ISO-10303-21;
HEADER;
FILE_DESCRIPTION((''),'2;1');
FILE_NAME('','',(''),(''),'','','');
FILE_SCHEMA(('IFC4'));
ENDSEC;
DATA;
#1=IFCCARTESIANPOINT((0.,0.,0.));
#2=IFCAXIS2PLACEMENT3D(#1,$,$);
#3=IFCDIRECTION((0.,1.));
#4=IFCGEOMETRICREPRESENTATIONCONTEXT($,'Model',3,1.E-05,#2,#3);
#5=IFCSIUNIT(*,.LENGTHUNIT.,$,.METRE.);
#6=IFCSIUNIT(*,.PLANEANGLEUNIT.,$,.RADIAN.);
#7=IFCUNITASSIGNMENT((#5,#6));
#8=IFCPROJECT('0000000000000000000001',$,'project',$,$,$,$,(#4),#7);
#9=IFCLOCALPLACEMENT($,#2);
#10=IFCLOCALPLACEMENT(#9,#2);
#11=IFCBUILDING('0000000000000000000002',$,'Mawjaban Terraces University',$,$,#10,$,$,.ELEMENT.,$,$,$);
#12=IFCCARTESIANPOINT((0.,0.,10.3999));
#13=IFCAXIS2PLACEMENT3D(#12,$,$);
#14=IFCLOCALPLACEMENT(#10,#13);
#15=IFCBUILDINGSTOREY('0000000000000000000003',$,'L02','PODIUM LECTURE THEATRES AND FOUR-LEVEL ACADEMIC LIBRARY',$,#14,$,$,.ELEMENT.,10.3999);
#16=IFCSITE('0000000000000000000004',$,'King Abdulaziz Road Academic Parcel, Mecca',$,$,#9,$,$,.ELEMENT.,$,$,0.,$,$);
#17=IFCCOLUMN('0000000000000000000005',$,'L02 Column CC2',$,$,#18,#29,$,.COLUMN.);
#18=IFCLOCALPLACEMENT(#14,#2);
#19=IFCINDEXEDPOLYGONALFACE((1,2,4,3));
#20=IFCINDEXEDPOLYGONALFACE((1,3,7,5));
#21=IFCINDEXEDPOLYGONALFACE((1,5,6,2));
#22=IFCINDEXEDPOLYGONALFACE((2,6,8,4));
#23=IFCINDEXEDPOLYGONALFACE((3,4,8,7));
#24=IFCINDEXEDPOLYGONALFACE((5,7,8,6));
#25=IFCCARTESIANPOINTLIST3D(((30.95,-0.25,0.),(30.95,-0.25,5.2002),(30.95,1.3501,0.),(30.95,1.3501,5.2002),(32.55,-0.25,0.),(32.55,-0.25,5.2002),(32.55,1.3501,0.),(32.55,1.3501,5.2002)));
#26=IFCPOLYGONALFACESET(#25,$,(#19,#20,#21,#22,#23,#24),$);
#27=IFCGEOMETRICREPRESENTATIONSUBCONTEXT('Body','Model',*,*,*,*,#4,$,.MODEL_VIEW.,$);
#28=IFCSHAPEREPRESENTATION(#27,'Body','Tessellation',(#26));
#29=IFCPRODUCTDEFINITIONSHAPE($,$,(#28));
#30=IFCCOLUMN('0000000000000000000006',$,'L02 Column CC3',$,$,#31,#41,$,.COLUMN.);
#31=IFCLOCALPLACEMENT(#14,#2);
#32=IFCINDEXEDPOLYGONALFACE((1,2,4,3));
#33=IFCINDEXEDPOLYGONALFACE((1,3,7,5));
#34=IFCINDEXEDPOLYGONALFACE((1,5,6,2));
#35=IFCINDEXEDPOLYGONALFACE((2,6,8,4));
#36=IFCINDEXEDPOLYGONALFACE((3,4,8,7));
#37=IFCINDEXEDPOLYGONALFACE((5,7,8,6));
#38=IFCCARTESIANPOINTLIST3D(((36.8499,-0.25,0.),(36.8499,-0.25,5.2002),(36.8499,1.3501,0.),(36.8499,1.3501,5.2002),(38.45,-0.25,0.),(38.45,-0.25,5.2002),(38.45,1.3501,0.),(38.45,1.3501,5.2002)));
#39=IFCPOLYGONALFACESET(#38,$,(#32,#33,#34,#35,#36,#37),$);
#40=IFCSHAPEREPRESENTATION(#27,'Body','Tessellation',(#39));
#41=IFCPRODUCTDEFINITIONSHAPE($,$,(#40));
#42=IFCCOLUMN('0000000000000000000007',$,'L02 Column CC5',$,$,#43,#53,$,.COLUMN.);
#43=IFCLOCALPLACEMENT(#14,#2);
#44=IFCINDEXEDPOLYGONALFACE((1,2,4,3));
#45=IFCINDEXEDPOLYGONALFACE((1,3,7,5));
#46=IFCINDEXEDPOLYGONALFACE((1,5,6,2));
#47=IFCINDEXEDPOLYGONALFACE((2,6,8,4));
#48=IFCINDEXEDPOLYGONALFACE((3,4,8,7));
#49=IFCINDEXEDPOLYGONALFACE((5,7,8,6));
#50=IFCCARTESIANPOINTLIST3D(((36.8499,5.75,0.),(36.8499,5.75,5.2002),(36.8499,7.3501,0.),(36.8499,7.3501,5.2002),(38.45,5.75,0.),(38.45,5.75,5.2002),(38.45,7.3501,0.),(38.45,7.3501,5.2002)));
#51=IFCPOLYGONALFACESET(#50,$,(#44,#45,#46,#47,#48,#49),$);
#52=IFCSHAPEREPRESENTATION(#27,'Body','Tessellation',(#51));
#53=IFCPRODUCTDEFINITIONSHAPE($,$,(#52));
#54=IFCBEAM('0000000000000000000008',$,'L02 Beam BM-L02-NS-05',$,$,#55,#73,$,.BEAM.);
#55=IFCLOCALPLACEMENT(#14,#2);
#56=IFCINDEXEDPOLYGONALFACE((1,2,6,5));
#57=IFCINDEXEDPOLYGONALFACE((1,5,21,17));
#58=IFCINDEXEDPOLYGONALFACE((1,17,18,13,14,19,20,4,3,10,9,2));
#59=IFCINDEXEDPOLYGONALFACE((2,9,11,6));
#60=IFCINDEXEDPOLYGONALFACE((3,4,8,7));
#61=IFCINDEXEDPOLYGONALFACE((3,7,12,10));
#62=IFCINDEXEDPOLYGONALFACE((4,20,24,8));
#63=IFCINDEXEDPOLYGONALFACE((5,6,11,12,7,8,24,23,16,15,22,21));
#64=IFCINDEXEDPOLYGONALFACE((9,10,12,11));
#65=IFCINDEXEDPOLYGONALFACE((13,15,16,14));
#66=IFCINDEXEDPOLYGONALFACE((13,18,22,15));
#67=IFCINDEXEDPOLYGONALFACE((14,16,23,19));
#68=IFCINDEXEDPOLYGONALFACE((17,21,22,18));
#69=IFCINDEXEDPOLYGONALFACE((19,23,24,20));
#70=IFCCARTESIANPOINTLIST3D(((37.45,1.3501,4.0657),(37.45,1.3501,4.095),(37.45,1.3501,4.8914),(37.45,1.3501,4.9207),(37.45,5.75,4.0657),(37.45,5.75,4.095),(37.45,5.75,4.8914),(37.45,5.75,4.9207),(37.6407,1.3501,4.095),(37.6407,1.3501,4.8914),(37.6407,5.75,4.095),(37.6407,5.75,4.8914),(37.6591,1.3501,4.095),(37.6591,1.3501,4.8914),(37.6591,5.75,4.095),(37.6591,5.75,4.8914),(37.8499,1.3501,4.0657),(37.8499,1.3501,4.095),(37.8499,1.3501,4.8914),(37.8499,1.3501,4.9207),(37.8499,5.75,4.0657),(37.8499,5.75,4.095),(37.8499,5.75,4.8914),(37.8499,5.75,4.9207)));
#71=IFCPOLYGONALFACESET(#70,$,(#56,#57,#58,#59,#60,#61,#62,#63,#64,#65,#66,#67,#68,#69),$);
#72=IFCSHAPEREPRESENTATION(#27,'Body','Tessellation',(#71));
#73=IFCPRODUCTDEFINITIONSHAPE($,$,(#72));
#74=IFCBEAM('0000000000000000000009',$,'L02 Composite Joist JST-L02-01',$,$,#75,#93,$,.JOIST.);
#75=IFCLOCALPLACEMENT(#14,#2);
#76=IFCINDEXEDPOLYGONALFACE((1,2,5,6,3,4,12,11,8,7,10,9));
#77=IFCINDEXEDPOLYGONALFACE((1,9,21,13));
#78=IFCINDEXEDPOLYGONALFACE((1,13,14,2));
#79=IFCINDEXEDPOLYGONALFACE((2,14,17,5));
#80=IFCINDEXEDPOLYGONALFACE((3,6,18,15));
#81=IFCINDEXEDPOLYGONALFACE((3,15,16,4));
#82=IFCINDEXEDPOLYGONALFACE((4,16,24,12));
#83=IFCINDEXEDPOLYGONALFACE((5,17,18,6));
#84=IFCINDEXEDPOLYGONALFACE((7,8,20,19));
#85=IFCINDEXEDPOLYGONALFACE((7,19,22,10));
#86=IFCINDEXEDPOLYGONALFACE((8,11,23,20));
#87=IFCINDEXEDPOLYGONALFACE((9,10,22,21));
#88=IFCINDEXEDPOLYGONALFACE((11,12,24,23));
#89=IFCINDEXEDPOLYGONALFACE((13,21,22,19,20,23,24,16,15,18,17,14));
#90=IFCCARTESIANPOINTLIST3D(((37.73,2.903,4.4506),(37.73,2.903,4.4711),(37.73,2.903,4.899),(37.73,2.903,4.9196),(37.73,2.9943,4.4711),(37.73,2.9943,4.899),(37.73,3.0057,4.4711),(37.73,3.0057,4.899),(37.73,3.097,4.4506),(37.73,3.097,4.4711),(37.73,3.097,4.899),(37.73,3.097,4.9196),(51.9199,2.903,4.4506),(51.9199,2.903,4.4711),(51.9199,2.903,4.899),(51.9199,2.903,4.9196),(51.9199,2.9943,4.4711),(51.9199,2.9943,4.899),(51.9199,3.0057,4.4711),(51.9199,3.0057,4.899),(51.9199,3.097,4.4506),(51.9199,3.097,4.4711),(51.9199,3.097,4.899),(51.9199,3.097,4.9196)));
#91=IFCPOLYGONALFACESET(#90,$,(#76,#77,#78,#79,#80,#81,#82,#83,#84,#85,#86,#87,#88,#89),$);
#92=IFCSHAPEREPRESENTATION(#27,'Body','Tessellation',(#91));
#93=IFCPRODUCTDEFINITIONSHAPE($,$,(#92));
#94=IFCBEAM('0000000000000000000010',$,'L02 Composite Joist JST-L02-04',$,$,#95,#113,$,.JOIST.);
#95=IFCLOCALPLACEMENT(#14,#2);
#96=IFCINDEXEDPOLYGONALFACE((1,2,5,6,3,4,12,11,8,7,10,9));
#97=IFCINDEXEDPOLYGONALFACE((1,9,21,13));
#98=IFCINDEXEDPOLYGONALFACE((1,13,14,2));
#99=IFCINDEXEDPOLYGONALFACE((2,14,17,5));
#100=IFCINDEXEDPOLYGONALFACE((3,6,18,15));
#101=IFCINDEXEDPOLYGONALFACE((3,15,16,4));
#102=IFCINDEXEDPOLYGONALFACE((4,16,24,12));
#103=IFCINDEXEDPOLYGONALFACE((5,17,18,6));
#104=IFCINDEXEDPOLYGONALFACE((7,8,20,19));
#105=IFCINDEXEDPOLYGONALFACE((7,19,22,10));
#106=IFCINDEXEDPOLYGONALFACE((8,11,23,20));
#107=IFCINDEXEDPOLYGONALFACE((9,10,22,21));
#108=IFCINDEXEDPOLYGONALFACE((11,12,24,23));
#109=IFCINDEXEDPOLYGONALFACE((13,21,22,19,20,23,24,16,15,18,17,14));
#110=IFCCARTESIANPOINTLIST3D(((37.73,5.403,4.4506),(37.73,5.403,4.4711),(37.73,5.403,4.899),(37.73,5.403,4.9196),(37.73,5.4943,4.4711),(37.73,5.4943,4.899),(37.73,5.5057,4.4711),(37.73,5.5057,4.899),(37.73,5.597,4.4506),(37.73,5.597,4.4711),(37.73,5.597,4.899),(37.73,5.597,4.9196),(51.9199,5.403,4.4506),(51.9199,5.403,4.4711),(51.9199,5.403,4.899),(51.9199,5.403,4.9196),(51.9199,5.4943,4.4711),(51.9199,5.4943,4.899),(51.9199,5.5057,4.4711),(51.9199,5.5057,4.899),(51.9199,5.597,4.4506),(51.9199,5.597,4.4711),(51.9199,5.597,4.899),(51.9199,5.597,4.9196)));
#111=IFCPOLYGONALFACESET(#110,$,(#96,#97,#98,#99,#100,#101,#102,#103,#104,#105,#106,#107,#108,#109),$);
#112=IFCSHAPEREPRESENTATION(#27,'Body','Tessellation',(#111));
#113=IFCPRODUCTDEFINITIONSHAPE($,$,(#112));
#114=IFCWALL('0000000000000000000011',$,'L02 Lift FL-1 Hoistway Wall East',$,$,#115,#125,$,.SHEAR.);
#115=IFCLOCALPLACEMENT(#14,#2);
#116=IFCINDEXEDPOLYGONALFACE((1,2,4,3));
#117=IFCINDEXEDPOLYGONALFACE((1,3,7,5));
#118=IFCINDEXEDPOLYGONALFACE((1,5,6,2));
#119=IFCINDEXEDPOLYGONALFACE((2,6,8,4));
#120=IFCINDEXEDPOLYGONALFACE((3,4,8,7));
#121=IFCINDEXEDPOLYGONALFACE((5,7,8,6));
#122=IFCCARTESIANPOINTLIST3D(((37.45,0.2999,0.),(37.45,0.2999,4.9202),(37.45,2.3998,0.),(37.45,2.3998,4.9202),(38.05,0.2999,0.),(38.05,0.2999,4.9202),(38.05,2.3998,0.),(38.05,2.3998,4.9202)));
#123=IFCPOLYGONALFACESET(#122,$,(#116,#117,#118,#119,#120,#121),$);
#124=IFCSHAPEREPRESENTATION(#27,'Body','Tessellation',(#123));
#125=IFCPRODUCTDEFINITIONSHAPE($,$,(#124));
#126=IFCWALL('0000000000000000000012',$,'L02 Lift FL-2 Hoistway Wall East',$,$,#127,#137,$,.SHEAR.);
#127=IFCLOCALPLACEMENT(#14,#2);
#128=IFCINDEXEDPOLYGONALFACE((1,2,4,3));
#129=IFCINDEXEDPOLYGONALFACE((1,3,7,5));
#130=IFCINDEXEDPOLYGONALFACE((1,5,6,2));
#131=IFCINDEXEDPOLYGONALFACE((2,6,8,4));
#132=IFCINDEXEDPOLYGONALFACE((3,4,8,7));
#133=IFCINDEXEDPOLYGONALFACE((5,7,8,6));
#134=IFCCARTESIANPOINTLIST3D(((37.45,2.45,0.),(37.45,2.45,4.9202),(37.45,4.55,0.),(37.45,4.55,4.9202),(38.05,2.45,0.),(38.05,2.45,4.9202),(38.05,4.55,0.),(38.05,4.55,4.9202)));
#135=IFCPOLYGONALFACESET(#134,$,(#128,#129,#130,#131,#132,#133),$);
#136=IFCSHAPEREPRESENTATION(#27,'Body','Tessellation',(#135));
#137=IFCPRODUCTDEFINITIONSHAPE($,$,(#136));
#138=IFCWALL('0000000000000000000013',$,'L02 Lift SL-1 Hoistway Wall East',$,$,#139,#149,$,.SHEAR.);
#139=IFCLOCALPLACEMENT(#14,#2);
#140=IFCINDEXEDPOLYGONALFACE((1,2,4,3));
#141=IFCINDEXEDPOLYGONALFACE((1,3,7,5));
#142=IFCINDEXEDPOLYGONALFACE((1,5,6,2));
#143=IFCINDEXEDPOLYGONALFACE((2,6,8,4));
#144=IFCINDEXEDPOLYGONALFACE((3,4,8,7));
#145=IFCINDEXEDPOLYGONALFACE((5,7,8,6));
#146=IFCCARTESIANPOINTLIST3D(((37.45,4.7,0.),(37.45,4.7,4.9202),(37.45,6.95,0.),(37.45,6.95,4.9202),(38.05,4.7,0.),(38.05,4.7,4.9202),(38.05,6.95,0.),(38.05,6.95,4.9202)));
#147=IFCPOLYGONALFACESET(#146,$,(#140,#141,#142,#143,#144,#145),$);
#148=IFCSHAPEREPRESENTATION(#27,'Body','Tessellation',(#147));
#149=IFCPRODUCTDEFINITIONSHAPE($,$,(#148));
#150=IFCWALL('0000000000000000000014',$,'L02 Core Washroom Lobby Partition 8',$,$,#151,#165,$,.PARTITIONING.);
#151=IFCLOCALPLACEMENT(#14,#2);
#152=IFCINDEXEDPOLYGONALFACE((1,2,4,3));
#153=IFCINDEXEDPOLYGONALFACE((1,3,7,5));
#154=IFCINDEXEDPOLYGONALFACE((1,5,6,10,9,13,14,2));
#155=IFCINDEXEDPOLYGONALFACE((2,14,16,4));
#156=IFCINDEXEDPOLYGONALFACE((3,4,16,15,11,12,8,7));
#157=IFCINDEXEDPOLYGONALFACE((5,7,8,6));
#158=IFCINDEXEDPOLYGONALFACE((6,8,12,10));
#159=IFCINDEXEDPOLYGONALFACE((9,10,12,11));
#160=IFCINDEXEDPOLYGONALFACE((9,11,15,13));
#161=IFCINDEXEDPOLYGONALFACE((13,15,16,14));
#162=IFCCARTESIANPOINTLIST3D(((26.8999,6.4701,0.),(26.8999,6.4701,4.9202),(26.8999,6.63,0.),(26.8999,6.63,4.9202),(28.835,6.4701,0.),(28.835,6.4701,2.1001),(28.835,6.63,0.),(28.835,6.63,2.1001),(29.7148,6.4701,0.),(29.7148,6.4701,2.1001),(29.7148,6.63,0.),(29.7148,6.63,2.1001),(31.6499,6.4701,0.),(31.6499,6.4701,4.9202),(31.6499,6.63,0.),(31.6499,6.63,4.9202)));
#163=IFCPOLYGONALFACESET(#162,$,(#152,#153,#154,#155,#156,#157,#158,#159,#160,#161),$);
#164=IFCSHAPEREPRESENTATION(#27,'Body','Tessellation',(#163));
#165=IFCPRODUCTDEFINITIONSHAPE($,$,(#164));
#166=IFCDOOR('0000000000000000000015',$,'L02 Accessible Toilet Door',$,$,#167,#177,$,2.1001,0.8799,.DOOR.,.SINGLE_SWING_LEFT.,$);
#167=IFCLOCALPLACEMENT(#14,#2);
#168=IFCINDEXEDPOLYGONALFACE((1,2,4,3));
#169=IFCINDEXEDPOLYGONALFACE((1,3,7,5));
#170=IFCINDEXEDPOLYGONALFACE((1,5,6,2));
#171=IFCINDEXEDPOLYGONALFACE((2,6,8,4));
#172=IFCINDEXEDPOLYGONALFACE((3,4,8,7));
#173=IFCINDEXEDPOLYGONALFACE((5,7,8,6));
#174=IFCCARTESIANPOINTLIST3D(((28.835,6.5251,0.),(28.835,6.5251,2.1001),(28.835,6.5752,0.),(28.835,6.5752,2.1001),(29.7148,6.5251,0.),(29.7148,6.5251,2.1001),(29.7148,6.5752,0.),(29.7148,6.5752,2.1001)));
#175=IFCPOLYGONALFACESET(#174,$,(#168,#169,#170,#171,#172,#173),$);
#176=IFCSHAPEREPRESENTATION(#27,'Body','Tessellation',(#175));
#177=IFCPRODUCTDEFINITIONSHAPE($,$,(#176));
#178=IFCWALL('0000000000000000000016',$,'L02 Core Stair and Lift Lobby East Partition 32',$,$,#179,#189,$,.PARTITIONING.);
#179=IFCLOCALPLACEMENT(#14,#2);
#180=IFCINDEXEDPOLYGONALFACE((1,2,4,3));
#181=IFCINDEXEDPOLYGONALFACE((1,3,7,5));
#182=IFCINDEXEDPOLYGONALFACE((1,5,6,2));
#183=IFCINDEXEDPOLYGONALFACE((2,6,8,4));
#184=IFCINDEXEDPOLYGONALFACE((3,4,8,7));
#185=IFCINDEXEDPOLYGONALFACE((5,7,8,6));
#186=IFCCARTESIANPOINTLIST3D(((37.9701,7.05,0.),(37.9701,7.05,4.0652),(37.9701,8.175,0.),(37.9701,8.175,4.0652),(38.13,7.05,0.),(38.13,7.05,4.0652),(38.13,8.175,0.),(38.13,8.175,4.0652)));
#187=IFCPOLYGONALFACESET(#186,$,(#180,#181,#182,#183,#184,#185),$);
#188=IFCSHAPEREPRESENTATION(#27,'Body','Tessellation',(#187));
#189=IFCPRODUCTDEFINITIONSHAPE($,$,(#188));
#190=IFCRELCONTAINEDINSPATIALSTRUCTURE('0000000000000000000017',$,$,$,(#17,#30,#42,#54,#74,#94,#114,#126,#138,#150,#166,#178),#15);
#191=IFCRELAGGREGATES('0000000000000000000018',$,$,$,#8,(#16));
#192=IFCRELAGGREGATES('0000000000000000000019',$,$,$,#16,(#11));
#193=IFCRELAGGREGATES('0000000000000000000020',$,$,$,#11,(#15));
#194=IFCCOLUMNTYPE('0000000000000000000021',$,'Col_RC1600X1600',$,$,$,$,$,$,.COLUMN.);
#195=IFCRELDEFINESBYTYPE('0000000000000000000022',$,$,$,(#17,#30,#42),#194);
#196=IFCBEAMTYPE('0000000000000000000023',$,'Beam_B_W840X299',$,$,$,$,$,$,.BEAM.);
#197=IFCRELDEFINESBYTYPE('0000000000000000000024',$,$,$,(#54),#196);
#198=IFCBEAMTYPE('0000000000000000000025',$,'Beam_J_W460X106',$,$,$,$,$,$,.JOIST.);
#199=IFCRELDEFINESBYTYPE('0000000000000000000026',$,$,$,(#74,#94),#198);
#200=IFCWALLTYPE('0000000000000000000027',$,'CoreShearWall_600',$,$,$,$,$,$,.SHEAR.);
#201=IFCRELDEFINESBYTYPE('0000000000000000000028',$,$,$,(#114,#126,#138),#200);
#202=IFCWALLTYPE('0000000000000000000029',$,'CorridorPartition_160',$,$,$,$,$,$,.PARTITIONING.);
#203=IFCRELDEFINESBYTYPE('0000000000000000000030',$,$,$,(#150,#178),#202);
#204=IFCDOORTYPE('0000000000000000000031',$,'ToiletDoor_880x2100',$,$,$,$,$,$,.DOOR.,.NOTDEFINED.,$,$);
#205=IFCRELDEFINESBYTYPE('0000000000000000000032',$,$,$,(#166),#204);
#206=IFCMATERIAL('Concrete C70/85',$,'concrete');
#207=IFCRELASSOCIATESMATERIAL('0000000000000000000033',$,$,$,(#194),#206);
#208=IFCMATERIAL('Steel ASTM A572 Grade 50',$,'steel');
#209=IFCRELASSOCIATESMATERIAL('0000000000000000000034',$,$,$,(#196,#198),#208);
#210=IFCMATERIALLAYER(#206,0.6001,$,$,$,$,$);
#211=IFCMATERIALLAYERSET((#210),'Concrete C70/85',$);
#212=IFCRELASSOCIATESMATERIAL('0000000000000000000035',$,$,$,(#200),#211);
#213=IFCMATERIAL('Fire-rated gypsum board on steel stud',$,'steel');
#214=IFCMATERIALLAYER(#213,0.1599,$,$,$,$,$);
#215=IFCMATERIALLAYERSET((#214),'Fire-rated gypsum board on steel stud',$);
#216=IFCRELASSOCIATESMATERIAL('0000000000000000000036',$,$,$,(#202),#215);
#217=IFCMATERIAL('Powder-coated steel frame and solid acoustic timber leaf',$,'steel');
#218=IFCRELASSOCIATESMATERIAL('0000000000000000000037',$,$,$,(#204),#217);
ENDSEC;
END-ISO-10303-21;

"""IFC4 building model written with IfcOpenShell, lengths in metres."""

from ifc_helpers import new_model, si_unit, direction, frame, frame_2d, origin, origin_2d, place, context, subcontext, project, spatial, rectangle, i_section, extrude, material, layer, layer_set, material_profile, profile_set, type_object, element, fill, save


model = new_model("IFC4")

# Units and contexts
model_context = context("Model", 3, precision=1e-05, world=origin(), true_north=direction((0.0, 1.0)))
body_context = subcontext(model_context, "Body", "Model", "MODEL_VIEW")
ifc_project = project(units=[si_unit("LENGTHUNIT", "METRE"), si_unit("PLANEANGLEUNIT", "RADIAN")], contexts=[model_context])

# Site, building, storey
site_placement = place(None, origin())
site = spatial("IfcSite", under=ifc_project, at=site_placement, Name="King Abdulaziz Road Academic Parcel, Mecca", CompositionType="ELEMENT", RefElevation=0.0)
building_placement = place(site_placement, origin())
building = spatial("IfcBuilding", under=site, at=building_placement, Name="Mawjaban Terraces University", CompositionType="ELEMENT")
storey_placement = place(building_placement, frame((0.0, 0.0, 10.3999)))
storey = spatial("IfcBuildingStorey", under=building, at=storey_placement, Name="L02", Description="PODIUM LECTURE THEATRES AND FOUR-LEVEL ACADEMIC LIBRARY", CompositionType="ELEMENT", Elevation=10.3999)

# Columns
ifc_material_1 = material(Name="Concrete C70/85", Category="concrete")
ifc_material_profile_1 = material_profile(ifc_material_1, rectangle(XDim=1.6001, YDim=1.6001, at=origin_2d()), Name="RC1600X1600")
ifc_profile_set_1 = profile_set([ifc_material_profile_1], Name="Concrete C70/85")
column_type = type_object("IfcColumnType", Name="Col_RC1600X1600", PredefinedType="COLUMN", material=ifc_profile_set_1)
for number, where, z_axis, x_axis, name in (
    (1, (31.75, 0.55, 0.0), (0.0, 0.0, 1.0), (1.0, 0.0, 0.0), "L02 Column CC2"),
    (2, (37.6499, 0.55, 0.0), (0.0, 0.0, 1.0), (1.0, 0.0, 0.0), "L02 Column CC3"),
    (3, (37.6499, 6.55, 0.0), (0.0, 0.0, 1.0), (1.0, 0.0, 0.0), "L02 Column CC5"),
):
    element("IfcColumn", number, at=place(storey_placement, frame(where, z_axis=z_axis, x_axis=x_axis)), inside=storey, type_object=column_type, Name=name, PredefinedType="COLUMN", context=body_context, shape_type="SweptSolid", body=[
        extrude(rectangle(XDim=1.6001, YDim=1.6001, at=origin_2d()), origin(), (0.0, 0.0, 1.0), 5.2002),
    ])

# Beams
ifc_material_2 = material(Name="Steel ASTM A572 Grade 50", Category="steel")
ifc_material_profile_2 = material_profile(ifc_material_2, i_section(OverallWidth=0.3999, OverallDepth=0.855, WebThickness=0.0183, FlangeThickness=0.0293, at=origin_2d()), Name="W840X299")
ifc_profile_set_2 = profile_set([ifc_material_profile_2], Name="Steel ASTM A572 Grade 50")
beam_type_1 = type_object("IfcBeamType", Name="Beam_B_W840X299", PredefinedType="BEAM", material=ifc_profile_set_2)
beam_placement = place(storey_placement, frame((37.6499, 1.3501, 4.4932), z_axis=(0.0, 1.0, 0.0), x_axis=(-1.0, 0.0, 0.0)))
element("IfcBeam", 4, at=beam_placement, inside=storey, type_object=beam_type_1, Name="L02 Beam BM-L02-NS-05", PredefinedType="BEAM", context=body_context, shape_type="SweptSolid", body=[
    extrude(i_section(OverallWidth=0.3999, OverallDepth=0.855, WebThickness=0.0183, FlangeThickness=0.0293, at=origin_2d()), origin(), (0.0, 0.0, 1.0), 4.3999),
])
ifc_material_profile_3 = material_profile(ifc_material_2, i_section(OverallWidth=0.1941, OverallDepth=0.469, WebThickness=0.0115, FlangeThickness=0.0205, at=origin_2d()), Name="W460X106")
ifc_profile_set_3 = profile_set([ifc_material_profile_3], Name="Steel ASTM A572 Grade 50")
beam_type_2 = type_object("IfcBeamType", Name="Beam_J_W460X106", PredefinedType="JOIST", material=ifc_profile_set_3)
for number, where, z_axis, x_axis, name in (
    (5, (37.73, 3.0, 4.6851), (1.0, 0.0, 0.0), (0.0, 1.0, 0.0), "L02 Composite Joist JST-L02-01"),
    (6, (37.73, 5.5, 4.6851), (1.0, 0.0, 0.0), (0.0, 1.0, 0.0), "L02 Composite Joist JST-L02-04"),
):
    element("IfcBeam", number, at=place(storey_placement, frame(where, z_axis=z_axis, x_axis=x_axis)), inside=storey, type_object=beam_type_2, Name=name, PredefinedType="JOIST", context=body_context, shape_type="SweptSolid", body=[
        extrude(i_section(OverallWidth=0.1941, OverallDepth=0.469, WebThickness=0.0115, FlangeThickness=0.0205, at=origin_2d()), origin(), (0.0, 0.0, 1.0), 14.1899),
    ])

# Walls
ifc_layer_1 = layer(ifc_material_1, 0.6001)
ifc_layer_set_1 = layer_set([ifc_layer_1], Name="Concrete C70/85")
wall_type_1 = type_object("IfcWallType", Name="CoreShearWall_600", PredefinedType="SHEAR", material=ifc_layer_set_1)
wall_1_placement = place(storey_placement, frame((37.75, 0.3, 0.0), z_axis=(0.0, 0.0, 1.0), x_axis=(0.0, 1.0, 0.0)))
element("IfcWall", 7, at=wall_1_placement, inside=storey, type_object=wall_type_1, Name="L02 Lift FL-1 Hoistway Wall East", PredefinedType="SHEAR", context=body_context, shape_type="SweptSolid", body=[
    extrude(rectangle(XDim=2.0999, YDim=0.6001, at=frame_2d((1.0498, 0.0))), origin(), (0.0, 0.0, 1.0), 4.9202),
])
wall_2_placement = place(storey_placement, frame((37.75, 2.45, 0.0), z_axis=(0.0, 0.0, 1.0), x_axis=(0.0, 1.0, 0.0)))
element("IfcWall", 8, at=wall_2_placement, inside=storey, type_object=wall_type_1, Name="L02 Lift FL-2 Hoistway Wall East", PredefinedType="SHEAR", context=body_context, shape_type="SweptSolid", body=[
    extrude(rectangle(XDim=2.1001, YDim=0.6001, at=frame_2d((1.05, 0.0))), origin(), (0.0, 0.0, 1.0), 4.9202),
])
wall_3_placement = place(storey_placement, frame((37.75, 4.7, 0.0), z_axis=(0.0, 0.0, 1.0), x_axis=(0.0, 1.0, 0.0)))
element("IfcWall", 9, at=wall_3_placement, inside=storey, type_object=wall_type_1, Name="L02 Lift SL-1 Hoistway Wall East", PredefinedType="SHEAR", context=body_context, shape_type="SweptSolid", body=[
    extrude(rectangle(XDim=2.25, YDim=0.6001, at=frame_2d((1.125, 0.0))), origin(), (0.0, 0.0, 1.0), 4.9202),
])

# Wall, opening, door
ifc_material_3 = material(Name="Fire-rated gypsum board on steel stud", Category="steel")
ifc_layer_2 = layer(ifc_material_3, 0.1599)
ifc_layer_set_2 = layer_set([ifc_layer_2], Name="Fire-rated gypsum board on steel stud")
wall_type_2 = type_object("IfcWallType", Name="CorridorPartition_160", PredefinedType="PARTITIONING", material=ifc_layer_set_2)
wall_4_placement = place(storey_placement, frame((31.6499, 6.55, 0.0), z_axis=(0.0, 0.0, 1.0), x_axis=(-1.0, 0.0, 0.0)))
wall_4 = element("IfcWall", 10, at=wall_4_placement, inside=storey, type_object=wall_type_2, Name="L02 Core Washroom Lobby Partition 8", PredefinedType="PARTITIONING", context=body_context, shape_type="SweptSolid", body=[
    extrude(rectangle(XDim=4.75, YDim=0.1599, at=frame_2d((2.375, 0.0))), origin(), (0.0, 0.0, 1.0), 4.9202),
])
opening_1_placement = place(wall_4_placement, frame((1.9351, 0.0, 0.0)))
opening_1 = element("IfcOpeningElement", 11, at=opening_1_placement, cuts=wall_4, PredefinedType="OPENING", context=body_context, shape_type="SweptSolid", body=[
    extrude(rectangle(XDim=0.8799, YDim=2.1001, at=frame_2d((0.4399, 1.05))), frame((0.0, 0.0898, 0.0), z_axis=(0.0, -1.0, 0.0), x_axis=(1.0, 0.0, 0.0)), (0.0, 0.0, 1.0), 0.1799),
])
ifc_material_4 = material(Name="Powder-coated steel frame and solid acoustic timber leaf", Category="steel")
door_type_1 = type_object("IfcDoorType", Name="ToiletDoor_880x2100", OperationType="NOTDEFINED", PredefinedType="DOOR", material=ifc_material_4)
door_1_placement = place(opening_1_placement, origin())
door_1 = element("IfcDoor", 12, at=door_1_placement, inside=storey, type_object=door_type_1, Name="L02 Accessible Toilet Door", OperationType="SINGLE_SWING_LEFT", OverallHeight=2.1001, OverallWidth=0.8799, PredefinedType="DOOR", context=body_context, shape_type="SweptSolid", body=[
    extrude(rectangle(XDim=0.8799, YDim=2.1001, at=frame_2d((0.4399, 1.05))), frame((0.0, 0.0249, 0.0), z_axis=(0.0, -1.0, 0.0), x_axis=(1.0, 0.0, 0.0)), (0.0, 0.0, 1.0), 0.05),
])
fill(opening_1, door_1)

# Wall
wall_5_placement = place(storey_placement, frame((38.05, 7.05, 0.0), z_axis=(0.0, 0.0, 1.0), x_axis=(0.0, 1.0, 0.0)))
element("IfcWall", 13, at=wall_5_placement, inside=storey, type_object=wall_type_2, Name="L02 Core Stair and Lift Lobby East Partition 32", PredefinedType="PARTITIONING", context=body_context, shape_type="SweptSolid", body=[
    extrude(rectangle(XDim=1.125, YDim=0.1599, at=frame_2d((0.5625, 0.0))), origin(), (0.0, 0.0, 1.0), 4.0652),
])

save(model, "model.ifc")
